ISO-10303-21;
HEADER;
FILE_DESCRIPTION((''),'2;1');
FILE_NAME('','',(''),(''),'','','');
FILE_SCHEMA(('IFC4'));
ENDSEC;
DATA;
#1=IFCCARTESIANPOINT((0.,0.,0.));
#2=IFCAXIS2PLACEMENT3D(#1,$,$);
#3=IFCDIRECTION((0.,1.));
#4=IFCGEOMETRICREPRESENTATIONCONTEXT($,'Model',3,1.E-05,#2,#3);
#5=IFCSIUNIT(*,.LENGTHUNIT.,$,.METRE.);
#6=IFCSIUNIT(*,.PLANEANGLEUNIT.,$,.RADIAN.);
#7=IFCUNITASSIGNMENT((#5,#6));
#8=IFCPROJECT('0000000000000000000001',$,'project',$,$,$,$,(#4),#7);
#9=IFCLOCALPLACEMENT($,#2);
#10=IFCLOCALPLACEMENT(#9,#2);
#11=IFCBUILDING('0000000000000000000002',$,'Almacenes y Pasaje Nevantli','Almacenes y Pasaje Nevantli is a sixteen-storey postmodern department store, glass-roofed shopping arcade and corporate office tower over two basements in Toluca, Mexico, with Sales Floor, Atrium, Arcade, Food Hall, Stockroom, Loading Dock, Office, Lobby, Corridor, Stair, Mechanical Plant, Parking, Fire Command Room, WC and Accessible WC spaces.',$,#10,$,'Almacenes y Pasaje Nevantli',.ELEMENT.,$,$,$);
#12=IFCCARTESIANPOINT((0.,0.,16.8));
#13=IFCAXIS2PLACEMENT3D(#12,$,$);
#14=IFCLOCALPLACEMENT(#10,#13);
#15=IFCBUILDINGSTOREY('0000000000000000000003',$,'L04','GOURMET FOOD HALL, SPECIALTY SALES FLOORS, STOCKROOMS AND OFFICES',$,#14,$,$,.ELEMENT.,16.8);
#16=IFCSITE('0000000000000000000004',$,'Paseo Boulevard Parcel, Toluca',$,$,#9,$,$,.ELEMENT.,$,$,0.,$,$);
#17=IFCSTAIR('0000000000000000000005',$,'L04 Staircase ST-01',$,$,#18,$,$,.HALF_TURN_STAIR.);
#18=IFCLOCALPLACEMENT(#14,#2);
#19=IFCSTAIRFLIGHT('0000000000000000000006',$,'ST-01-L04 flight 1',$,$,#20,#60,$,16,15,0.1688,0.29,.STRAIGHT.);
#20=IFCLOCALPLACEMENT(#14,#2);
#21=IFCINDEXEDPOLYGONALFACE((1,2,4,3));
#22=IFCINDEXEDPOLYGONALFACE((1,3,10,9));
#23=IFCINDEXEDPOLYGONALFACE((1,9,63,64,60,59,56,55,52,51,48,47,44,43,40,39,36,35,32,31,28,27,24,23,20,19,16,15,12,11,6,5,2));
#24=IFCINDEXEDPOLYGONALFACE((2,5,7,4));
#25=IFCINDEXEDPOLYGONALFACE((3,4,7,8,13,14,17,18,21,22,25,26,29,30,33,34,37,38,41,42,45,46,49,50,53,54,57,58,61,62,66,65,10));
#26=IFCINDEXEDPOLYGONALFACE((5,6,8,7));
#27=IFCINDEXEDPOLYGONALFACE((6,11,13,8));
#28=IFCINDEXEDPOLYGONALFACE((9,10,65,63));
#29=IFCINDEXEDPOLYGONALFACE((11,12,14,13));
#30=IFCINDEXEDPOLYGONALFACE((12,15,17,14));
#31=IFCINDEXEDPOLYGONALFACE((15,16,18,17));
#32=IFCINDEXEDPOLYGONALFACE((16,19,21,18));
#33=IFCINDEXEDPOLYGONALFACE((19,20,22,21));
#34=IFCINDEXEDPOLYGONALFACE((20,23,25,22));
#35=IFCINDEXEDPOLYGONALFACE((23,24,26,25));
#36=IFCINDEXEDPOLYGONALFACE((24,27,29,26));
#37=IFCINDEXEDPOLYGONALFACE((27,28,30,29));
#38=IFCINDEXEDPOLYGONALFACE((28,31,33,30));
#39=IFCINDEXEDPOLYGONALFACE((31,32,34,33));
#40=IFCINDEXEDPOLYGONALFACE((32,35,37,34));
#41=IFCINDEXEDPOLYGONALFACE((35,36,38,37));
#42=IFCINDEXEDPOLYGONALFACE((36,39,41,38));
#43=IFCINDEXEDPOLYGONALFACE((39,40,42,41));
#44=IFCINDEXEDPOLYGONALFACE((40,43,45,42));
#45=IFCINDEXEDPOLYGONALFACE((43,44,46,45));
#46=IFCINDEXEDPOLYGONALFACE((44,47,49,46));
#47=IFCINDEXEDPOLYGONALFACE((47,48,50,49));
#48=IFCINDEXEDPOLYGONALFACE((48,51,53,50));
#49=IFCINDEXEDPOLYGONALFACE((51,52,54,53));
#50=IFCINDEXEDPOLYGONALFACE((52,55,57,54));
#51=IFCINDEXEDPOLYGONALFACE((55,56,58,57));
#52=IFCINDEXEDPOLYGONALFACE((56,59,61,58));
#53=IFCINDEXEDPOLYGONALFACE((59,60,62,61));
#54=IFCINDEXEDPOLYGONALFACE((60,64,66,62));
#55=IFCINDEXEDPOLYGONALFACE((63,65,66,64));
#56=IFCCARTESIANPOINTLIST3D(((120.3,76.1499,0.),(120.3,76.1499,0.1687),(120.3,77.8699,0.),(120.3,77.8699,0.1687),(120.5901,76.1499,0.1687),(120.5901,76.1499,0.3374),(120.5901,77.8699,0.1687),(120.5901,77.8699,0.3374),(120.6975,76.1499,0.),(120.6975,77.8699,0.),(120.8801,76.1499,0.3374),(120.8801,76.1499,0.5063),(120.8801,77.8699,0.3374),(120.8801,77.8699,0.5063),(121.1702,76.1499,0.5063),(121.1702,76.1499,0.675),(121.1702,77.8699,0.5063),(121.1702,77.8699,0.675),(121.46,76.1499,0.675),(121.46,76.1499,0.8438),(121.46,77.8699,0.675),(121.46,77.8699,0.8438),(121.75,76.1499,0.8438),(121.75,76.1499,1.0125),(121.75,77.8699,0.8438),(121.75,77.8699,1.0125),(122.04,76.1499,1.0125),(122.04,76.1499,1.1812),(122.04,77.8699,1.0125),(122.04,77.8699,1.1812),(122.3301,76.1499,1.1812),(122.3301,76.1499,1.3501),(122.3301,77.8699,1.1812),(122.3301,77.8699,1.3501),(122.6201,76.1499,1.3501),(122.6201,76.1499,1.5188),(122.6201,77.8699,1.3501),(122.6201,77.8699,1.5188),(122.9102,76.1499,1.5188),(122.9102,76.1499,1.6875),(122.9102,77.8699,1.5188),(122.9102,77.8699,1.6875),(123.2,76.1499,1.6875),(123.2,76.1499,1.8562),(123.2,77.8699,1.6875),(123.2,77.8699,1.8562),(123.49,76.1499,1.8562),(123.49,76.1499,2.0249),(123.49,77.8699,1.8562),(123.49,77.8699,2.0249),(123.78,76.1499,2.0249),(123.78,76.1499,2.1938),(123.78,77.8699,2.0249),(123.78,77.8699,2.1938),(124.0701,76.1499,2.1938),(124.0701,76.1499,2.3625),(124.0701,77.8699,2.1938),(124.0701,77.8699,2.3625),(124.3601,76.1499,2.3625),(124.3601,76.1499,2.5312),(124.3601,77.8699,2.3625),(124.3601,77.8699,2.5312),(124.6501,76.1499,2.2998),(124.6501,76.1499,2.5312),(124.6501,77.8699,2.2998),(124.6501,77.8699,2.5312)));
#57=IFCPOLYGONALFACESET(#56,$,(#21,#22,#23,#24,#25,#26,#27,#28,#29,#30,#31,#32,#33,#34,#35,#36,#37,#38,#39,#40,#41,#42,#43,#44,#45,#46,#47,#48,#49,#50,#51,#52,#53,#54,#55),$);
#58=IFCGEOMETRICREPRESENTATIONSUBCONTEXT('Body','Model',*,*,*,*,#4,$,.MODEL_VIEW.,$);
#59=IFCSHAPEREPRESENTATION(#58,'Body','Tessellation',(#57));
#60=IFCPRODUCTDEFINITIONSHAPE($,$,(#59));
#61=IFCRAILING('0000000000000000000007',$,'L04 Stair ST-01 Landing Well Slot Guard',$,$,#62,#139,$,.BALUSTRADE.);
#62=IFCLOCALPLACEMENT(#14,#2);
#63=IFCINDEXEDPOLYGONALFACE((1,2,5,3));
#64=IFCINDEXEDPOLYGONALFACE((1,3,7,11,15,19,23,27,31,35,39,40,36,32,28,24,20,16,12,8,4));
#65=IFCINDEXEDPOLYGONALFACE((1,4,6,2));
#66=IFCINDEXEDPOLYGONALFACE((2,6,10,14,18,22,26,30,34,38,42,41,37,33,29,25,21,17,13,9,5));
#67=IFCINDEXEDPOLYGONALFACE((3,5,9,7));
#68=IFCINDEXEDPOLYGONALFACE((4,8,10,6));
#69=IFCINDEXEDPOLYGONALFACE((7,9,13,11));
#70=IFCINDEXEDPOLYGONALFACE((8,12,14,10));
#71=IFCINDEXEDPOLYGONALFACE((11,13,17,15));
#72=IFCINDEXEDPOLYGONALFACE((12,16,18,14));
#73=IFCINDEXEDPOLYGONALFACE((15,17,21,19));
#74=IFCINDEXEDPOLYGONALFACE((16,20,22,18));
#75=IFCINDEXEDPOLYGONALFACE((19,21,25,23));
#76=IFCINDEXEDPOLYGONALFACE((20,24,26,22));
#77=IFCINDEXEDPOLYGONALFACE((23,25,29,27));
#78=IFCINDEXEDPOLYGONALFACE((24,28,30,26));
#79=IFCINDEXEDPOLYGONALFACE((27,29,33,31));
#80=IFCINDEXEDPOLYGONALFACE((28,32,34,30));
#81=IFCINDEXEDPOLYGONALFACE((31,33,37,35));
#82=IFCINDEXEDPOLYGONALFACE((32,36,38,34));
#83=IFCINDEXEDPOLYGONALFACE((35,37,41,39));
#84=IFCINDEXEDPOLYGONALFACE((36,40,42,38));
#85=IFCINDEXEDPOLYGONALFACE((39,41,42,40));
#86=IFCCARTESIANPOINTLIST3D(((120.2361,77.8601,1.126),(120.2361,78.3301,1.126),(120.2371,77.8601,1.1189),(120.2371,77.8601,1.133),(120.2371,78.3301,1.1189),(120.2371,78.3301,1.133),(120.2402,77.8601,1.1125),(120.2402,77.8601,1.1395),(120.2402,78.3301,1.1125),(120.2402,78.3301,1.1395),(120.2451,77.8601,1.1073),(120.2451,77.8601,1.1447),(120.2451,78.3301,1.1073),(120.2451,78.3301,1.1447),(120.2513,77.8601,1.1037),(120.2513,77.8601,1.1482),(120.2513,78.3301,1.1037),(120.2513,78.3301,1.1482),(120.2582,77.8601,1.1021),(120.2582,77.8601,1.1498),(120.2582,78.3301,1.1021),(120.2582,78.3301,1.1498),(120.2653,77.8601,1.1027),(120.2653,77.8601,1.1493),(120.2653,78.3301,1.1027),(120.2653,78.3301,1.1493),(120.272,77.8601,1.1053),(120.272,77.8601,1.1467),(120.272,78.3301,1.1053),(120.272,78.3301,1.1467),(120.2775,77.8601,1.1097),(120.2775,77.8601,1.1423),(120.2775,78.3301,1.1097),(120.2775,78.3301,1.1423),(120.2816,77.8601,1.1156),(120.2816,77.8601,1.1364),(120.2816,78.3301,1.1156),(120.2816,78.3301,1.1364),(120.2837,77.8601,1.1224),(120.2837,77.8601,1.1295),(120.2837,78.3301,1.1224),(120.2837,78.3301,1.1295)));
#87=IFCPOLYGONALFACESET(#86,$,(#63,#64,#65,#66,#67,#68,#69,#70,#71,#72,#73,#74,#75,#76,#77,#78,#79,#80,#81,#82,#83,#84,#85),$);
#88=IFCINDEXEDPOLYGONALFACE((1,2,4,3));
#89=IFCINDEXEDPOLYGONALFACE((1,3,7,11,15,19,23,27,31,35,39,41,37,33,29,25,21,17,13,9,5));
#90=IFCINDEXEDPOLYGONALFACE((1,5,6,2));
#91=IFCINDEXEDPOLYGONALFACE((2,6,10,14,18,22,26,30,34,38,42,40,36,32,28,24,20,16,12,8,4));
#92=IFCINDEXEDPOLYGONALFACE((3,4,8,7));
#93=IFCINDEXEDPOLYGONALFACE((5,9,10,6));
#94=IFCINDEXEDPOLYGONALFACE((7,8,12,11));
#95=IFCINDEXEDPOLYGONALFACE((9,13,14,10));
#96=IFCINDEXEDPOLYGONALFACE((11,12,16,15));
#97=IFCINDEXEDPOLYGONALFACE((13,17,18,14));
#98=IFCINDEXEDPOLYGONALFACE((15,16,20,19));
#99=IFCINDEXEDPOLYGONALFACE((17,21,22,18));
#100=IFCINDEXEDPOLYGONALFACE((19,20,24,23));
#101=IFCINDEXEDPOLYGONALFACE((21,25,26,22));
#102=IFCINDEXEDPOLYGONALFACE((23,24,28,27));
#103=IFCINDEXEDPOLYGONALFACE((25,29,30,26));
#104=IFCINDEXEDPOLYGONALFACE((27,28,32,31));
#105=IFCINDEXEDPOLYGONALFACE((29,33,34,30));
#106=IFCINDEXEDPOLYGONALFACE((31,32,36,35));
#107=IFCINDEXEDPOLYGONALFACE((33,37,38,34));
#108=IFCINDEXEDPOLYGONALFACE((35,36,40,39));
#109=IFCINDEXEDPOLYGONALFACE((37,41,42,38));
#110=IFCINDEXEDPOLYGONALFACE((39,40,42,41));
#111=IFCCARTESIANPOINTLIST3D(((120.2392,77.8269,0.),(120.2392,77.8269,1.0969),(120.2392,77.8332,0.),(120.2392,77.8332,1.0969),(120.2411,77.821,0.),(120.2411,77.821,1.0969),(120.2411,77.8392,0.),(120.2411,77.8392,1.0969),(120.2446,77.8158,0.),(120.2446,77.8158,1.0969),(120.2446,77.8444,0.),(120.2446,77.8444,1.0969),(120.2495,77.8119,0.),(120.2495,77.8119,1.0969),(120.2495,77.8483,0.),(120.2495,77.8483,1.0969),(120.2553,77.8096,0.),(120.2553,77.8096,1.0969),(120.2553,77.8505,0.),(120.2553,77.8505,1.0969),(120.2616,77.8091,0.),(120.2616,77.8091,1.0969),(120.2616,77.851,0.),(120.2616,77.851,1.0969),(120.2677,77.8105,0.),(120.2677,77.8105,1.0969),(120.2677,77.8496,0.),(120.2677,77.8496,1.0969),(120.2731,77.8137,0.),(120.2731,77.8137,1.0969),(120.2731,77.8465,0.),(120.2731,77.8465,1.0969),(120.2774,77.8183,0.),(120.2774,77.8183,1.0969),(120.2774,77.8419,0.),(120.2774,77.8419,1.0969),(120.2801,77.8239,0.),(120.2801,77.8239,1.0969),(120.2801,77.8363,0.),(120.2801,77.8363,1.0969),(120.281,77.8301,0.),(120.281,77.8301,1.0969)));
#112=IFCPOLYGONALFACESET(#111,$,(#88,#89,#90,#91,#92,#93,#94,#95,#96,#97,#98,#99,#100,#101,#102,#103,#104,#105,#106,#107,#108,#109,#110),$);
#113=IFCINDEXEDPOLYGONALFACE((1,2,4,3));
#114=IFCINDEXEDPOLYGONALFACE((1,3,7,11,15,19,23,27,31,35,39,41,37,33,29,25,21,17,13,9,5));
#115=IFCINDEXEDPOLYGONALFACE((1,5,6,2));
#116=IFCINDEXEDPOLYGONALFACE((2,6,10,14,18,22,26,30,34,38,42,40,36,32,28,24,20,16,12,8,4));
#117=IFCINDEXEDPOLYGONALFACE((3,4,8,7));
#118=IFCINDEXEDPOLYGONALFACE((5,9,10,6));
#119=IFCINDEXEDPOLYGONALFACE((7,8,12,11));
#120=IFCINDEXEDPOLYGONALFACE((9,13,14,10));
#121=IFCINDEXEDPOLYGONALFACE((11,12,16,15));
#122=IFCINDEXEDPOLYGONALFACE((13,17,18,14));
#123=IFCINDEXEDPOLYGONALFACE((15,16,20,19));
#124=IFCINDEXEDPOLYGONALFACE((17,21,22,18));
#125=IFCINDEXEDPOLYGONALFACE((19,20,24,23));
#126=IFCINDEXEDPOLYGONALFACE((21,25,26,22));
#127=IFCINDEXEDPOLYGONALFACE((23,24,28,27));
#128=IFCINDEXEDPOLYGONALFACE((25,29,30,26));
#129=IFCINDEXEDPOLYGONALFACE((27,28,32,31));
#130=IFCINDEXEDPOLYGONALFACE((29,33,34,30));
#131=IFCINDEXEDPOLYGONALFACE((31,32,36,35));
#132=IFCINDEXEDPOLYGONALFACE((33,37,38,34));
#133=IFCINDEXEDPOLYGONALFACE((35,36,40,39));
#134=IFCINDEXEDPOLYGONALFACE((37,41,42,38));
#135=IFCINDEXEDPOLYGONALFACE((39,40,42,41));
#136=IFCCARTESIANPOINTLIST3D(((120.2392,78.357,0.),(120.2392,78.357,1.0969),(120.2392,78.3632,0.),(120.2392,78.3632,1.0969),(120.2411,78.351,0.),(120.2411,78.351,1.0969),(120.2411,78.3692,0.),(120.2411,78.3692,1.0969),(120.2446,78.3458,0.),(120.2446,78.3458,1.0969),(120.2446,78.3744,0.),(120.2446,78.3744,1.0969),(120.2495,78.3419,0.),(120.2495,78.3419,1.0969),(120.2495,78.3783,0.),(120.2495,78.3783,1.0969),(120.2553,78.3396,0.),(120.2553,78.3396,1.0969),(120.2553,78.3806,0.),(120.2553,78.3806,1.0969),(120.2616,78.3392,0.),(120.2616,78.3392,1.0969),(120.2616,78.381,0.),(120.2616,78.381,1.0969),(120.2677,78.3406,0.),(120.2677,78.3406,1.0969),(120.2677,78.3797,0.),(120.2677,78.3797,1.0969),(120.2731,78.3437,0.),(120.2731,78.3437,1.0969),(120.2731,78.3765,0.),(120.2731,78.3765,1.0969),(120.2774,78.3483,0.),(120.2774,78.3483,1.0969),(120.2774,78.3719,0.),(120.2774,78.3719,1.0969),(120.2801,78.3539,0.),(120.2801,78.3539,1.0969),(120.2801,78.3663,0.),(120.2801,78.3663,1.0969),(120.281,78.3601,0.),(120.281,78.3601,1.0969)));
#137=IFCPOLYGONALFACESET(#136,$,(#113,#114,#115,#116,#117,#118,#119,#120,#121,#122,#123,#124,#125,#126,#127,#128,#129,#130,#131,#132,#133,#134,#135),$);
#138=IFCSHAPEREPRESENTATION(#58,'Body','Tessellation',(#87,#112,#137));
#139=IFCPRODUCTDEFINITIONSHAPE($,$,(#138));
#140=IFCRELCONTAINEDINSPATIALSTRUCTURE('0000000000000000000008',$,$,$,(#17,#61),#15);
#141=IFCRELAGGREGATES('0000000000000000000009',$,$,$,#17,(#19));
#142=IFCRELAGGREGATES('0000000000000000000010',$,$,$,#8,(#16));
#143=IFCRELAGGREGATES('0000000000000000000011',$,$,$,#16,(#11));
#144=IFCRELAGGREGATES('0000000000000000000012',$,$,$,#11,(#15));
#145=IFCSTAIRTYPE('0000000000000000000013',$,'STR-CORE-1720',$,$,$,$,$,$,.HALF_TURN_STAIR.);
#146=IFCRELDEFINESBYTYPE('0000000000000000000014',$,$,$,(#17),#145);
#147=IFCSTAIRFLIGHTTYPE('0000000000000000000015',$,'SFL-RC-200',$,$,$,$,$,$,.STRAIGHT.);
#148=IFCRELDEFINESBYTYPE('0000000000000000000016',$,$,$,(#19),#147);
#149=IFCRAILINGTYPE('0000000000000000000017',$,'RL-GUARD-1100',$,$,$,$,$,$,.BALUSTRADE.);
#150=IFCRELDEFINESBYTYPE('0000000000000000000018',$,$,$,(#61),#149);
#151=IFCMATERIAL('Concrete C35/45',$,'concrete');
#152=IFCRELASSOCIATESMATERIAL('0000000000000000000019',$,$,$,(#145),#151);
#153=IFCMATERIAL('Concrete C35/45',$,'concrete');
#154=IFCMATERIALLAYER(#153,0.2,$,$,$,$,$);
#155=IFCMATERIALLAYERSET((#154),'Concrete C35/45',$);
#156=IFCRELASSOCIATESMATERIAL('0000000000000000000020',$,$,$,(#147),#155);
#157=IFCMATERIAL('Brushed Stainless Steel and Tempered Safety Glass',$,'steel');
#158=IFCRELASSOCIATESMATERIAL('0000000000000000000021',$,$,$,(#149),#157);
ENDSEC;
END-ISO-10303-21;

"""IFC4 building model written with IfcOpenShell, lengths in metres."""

from ifc_helpers import new_model, si_unit, direction, frame, origin, origin_2d, place, context, subcontext, project, spatial, polyline, circle, outline, extrude, material, layer, layer_set, type_object, element, aggregate, save


model = new_model("IFC4")

# Units and contexts
model_context = context("Model", 3, precision=1e-05, world=origin(), true_north=direction((0.0, 1.0)))
body_context = subcontext(model_context, "Body", "Model", "MODEL_VIEW")
ifc_project = project(units=[si_unit("LENGTHUNIT", "METRE"), si_unit("PLANEANGLEUNIT", "RADIAN")], contexts=[model_context])

# Site, building, storey
site_placement = place(None, origin())
site = spatial("IfcSite", under=ifc_project, at=site_placement, Name="Paseo Boulevard Parcel, Toluca", CompositionType="ELEMENT", RefElevation=0.0)
building_placement = place(site_placement, origin())
building = spatial("IfcBuilding", under=site, at=building_placement, Name="Almacenes y Pasaje Nevantli", Description="Almacenes y Pasaje Nevantli is a sixteen-storey postmodern department store, glass-roofed shopping arcade and corporate office tower over two basements in Toluca, Mexico, with Sales Floor, Atrium, Arcade, Food Hall, Stockroom, Loading Dock, Office, Lobby, Corridor, Stair, Mechanical Plant, Parking, Fire Command Room, WC and Accessible WC spaces.", LongName="Almacenes y Pasaje Nevantli", CompositionType="ELEMENT")
storey_placement = place(building_placement, frame((0.0, 0.0, 16.8)))
storey = spatial("IfcBuildingStorey", under=building, at=storey_placement, Name="L04", Description="GOURMET FOOD HALL, SPECIALTY SALES FLOORS, STOCKROOMS AND OFFICES", CompositionType="ELEMENT", Elevation=16.8)

# Stair, stair flight
ifc_material_1 = material(Name="Concrete C35/45", Category="concrete")
stair_type = type_object("IfcStairType", Name="STR-CORE-1720", PredefinedType="HALF_TURN_STAIR", material=ifc_material_1)
stair_placement = place(storey_placement, origin())
stair = element("IfcStair", 1, at=stair_placement, inside=storey, type_object=stair_type, Name="L04 Staircase ST-01", PredefinedType="HALF_TURN_STAIR")
ifc_material_2 = material(Name="Concrete C35/45", Category="concrete")
ifc_layer_1 = layer(ifc_material_2, 0.2)
ifc_layer_set_1 = layer_set([ifc_layer_1], Name="Concrete C35/45")
stair_flight_type = type_object("IfcStairFlightType", Name="SFL-RC-200", PredefinedType="STRAIGHT", material=ifc_layer_set_1)
stair_flight_placement = place(storey_placement, frame((120.3, 77.01, 0.0), z_axis=(0.0, 0.0, 1.0), x_axis=(1.0, 0.0, 0.0)))
stair_flight = element("IfcStairFlight", 2, at=stair_flight_placement, type_object=stair_flight_type, Name="ST-01-L04 flight 1", NumberOfRisers=16, NumberOfTreads=15, PredefinedType="STRAIGHT", RiserHeight=0.1688, TreadLength=0.29, context=body_context, shape_type="SweptSolid", body=[
    extrude(outline(polyline([(0.0, 0.0), (0.0, 0.1687), (0.29, 0.1687), (0.29, 0.3374), (0.5801, 0.3374), (0.5801, 0.5063), (0.8701, 0.5063), (0.8701, 0.675), (1.1599, 0.675), (1.1599, 0.8438), (1.45, 0.8438), (1.45, 1.0125), (1.74, 1.0125), (1.74, 1.1812), (2.03, 1.1812), (2.03, 1.3501), (2.3201, 1.3501), (2.3201, 1.5188), (2.6101, 1.5188), (2.6101, 1.6875), (2.8999, 1.6875), (2.8999, 1.8562), (3.1899, 1.8562), (3.1899, 2.0249), (3.48, 2.0249), (3.48, 2.1938), (3.77, 2.1938), (3.77, 2.3625), (4.0601, 2.3625), (4.0601, 2.5312), (4.3501, 2.5312), (4.3501, 2.7), (4.3501, 2.2998), (0.3975, 0.0), (0.0, 0.0)])), frame((0.0, 0.8599, 0.0), z_axis=(0.0, -1.0, 0.0), x_axis=(1.0, 0.0, 0.0)), (0.0, 0.0, 1.0), 1.72),
])
aggregate(stair, [stair_flight])

# Railing
ifc_material_3 = material(Name="Brushed Stainless Steel and Tempered Safety Glass", Category="steel")
railing_type_1 = type_object("IfcRailingType", Name="RL-GUARD-1100", PredefinedType="BALUSTRADE", material=ifc_material_3)
railing_1_placement = place(storey_placement, frame((120.26, 77.8301, 0.0)))
element("IfcRailing", 3, at=railing_1_placement, inside=storey, type_object=railing_type_1, Name="L04 Stair ST-01 Landing Well Slot Guard", PredefinedType="BALUSTRADE", context=body_context, shape_type="SweptSolid", body=[
    extrude(circle(Radius=0.0239, at=origin_2d()), frame((0.0, 0.03, 1.126), z_axis=(0.0, 1.0, 0.0), x_axis=(-1.0, 0.0, 0.0)), (0.0, 0.0, 1.0), 0.47),
    extrude(circle(Radius=0.021, at=origin_2d()), origin(), (0.0, 0.0, 1.0), 1.0969),
    extrude(circle(Radius=0.021, at=origin_2d()), frame((0.0, 0.53, 0.0)), (0.0, 0.0, 1.0), 1.0969),
])

save(model, "model.ifc")
